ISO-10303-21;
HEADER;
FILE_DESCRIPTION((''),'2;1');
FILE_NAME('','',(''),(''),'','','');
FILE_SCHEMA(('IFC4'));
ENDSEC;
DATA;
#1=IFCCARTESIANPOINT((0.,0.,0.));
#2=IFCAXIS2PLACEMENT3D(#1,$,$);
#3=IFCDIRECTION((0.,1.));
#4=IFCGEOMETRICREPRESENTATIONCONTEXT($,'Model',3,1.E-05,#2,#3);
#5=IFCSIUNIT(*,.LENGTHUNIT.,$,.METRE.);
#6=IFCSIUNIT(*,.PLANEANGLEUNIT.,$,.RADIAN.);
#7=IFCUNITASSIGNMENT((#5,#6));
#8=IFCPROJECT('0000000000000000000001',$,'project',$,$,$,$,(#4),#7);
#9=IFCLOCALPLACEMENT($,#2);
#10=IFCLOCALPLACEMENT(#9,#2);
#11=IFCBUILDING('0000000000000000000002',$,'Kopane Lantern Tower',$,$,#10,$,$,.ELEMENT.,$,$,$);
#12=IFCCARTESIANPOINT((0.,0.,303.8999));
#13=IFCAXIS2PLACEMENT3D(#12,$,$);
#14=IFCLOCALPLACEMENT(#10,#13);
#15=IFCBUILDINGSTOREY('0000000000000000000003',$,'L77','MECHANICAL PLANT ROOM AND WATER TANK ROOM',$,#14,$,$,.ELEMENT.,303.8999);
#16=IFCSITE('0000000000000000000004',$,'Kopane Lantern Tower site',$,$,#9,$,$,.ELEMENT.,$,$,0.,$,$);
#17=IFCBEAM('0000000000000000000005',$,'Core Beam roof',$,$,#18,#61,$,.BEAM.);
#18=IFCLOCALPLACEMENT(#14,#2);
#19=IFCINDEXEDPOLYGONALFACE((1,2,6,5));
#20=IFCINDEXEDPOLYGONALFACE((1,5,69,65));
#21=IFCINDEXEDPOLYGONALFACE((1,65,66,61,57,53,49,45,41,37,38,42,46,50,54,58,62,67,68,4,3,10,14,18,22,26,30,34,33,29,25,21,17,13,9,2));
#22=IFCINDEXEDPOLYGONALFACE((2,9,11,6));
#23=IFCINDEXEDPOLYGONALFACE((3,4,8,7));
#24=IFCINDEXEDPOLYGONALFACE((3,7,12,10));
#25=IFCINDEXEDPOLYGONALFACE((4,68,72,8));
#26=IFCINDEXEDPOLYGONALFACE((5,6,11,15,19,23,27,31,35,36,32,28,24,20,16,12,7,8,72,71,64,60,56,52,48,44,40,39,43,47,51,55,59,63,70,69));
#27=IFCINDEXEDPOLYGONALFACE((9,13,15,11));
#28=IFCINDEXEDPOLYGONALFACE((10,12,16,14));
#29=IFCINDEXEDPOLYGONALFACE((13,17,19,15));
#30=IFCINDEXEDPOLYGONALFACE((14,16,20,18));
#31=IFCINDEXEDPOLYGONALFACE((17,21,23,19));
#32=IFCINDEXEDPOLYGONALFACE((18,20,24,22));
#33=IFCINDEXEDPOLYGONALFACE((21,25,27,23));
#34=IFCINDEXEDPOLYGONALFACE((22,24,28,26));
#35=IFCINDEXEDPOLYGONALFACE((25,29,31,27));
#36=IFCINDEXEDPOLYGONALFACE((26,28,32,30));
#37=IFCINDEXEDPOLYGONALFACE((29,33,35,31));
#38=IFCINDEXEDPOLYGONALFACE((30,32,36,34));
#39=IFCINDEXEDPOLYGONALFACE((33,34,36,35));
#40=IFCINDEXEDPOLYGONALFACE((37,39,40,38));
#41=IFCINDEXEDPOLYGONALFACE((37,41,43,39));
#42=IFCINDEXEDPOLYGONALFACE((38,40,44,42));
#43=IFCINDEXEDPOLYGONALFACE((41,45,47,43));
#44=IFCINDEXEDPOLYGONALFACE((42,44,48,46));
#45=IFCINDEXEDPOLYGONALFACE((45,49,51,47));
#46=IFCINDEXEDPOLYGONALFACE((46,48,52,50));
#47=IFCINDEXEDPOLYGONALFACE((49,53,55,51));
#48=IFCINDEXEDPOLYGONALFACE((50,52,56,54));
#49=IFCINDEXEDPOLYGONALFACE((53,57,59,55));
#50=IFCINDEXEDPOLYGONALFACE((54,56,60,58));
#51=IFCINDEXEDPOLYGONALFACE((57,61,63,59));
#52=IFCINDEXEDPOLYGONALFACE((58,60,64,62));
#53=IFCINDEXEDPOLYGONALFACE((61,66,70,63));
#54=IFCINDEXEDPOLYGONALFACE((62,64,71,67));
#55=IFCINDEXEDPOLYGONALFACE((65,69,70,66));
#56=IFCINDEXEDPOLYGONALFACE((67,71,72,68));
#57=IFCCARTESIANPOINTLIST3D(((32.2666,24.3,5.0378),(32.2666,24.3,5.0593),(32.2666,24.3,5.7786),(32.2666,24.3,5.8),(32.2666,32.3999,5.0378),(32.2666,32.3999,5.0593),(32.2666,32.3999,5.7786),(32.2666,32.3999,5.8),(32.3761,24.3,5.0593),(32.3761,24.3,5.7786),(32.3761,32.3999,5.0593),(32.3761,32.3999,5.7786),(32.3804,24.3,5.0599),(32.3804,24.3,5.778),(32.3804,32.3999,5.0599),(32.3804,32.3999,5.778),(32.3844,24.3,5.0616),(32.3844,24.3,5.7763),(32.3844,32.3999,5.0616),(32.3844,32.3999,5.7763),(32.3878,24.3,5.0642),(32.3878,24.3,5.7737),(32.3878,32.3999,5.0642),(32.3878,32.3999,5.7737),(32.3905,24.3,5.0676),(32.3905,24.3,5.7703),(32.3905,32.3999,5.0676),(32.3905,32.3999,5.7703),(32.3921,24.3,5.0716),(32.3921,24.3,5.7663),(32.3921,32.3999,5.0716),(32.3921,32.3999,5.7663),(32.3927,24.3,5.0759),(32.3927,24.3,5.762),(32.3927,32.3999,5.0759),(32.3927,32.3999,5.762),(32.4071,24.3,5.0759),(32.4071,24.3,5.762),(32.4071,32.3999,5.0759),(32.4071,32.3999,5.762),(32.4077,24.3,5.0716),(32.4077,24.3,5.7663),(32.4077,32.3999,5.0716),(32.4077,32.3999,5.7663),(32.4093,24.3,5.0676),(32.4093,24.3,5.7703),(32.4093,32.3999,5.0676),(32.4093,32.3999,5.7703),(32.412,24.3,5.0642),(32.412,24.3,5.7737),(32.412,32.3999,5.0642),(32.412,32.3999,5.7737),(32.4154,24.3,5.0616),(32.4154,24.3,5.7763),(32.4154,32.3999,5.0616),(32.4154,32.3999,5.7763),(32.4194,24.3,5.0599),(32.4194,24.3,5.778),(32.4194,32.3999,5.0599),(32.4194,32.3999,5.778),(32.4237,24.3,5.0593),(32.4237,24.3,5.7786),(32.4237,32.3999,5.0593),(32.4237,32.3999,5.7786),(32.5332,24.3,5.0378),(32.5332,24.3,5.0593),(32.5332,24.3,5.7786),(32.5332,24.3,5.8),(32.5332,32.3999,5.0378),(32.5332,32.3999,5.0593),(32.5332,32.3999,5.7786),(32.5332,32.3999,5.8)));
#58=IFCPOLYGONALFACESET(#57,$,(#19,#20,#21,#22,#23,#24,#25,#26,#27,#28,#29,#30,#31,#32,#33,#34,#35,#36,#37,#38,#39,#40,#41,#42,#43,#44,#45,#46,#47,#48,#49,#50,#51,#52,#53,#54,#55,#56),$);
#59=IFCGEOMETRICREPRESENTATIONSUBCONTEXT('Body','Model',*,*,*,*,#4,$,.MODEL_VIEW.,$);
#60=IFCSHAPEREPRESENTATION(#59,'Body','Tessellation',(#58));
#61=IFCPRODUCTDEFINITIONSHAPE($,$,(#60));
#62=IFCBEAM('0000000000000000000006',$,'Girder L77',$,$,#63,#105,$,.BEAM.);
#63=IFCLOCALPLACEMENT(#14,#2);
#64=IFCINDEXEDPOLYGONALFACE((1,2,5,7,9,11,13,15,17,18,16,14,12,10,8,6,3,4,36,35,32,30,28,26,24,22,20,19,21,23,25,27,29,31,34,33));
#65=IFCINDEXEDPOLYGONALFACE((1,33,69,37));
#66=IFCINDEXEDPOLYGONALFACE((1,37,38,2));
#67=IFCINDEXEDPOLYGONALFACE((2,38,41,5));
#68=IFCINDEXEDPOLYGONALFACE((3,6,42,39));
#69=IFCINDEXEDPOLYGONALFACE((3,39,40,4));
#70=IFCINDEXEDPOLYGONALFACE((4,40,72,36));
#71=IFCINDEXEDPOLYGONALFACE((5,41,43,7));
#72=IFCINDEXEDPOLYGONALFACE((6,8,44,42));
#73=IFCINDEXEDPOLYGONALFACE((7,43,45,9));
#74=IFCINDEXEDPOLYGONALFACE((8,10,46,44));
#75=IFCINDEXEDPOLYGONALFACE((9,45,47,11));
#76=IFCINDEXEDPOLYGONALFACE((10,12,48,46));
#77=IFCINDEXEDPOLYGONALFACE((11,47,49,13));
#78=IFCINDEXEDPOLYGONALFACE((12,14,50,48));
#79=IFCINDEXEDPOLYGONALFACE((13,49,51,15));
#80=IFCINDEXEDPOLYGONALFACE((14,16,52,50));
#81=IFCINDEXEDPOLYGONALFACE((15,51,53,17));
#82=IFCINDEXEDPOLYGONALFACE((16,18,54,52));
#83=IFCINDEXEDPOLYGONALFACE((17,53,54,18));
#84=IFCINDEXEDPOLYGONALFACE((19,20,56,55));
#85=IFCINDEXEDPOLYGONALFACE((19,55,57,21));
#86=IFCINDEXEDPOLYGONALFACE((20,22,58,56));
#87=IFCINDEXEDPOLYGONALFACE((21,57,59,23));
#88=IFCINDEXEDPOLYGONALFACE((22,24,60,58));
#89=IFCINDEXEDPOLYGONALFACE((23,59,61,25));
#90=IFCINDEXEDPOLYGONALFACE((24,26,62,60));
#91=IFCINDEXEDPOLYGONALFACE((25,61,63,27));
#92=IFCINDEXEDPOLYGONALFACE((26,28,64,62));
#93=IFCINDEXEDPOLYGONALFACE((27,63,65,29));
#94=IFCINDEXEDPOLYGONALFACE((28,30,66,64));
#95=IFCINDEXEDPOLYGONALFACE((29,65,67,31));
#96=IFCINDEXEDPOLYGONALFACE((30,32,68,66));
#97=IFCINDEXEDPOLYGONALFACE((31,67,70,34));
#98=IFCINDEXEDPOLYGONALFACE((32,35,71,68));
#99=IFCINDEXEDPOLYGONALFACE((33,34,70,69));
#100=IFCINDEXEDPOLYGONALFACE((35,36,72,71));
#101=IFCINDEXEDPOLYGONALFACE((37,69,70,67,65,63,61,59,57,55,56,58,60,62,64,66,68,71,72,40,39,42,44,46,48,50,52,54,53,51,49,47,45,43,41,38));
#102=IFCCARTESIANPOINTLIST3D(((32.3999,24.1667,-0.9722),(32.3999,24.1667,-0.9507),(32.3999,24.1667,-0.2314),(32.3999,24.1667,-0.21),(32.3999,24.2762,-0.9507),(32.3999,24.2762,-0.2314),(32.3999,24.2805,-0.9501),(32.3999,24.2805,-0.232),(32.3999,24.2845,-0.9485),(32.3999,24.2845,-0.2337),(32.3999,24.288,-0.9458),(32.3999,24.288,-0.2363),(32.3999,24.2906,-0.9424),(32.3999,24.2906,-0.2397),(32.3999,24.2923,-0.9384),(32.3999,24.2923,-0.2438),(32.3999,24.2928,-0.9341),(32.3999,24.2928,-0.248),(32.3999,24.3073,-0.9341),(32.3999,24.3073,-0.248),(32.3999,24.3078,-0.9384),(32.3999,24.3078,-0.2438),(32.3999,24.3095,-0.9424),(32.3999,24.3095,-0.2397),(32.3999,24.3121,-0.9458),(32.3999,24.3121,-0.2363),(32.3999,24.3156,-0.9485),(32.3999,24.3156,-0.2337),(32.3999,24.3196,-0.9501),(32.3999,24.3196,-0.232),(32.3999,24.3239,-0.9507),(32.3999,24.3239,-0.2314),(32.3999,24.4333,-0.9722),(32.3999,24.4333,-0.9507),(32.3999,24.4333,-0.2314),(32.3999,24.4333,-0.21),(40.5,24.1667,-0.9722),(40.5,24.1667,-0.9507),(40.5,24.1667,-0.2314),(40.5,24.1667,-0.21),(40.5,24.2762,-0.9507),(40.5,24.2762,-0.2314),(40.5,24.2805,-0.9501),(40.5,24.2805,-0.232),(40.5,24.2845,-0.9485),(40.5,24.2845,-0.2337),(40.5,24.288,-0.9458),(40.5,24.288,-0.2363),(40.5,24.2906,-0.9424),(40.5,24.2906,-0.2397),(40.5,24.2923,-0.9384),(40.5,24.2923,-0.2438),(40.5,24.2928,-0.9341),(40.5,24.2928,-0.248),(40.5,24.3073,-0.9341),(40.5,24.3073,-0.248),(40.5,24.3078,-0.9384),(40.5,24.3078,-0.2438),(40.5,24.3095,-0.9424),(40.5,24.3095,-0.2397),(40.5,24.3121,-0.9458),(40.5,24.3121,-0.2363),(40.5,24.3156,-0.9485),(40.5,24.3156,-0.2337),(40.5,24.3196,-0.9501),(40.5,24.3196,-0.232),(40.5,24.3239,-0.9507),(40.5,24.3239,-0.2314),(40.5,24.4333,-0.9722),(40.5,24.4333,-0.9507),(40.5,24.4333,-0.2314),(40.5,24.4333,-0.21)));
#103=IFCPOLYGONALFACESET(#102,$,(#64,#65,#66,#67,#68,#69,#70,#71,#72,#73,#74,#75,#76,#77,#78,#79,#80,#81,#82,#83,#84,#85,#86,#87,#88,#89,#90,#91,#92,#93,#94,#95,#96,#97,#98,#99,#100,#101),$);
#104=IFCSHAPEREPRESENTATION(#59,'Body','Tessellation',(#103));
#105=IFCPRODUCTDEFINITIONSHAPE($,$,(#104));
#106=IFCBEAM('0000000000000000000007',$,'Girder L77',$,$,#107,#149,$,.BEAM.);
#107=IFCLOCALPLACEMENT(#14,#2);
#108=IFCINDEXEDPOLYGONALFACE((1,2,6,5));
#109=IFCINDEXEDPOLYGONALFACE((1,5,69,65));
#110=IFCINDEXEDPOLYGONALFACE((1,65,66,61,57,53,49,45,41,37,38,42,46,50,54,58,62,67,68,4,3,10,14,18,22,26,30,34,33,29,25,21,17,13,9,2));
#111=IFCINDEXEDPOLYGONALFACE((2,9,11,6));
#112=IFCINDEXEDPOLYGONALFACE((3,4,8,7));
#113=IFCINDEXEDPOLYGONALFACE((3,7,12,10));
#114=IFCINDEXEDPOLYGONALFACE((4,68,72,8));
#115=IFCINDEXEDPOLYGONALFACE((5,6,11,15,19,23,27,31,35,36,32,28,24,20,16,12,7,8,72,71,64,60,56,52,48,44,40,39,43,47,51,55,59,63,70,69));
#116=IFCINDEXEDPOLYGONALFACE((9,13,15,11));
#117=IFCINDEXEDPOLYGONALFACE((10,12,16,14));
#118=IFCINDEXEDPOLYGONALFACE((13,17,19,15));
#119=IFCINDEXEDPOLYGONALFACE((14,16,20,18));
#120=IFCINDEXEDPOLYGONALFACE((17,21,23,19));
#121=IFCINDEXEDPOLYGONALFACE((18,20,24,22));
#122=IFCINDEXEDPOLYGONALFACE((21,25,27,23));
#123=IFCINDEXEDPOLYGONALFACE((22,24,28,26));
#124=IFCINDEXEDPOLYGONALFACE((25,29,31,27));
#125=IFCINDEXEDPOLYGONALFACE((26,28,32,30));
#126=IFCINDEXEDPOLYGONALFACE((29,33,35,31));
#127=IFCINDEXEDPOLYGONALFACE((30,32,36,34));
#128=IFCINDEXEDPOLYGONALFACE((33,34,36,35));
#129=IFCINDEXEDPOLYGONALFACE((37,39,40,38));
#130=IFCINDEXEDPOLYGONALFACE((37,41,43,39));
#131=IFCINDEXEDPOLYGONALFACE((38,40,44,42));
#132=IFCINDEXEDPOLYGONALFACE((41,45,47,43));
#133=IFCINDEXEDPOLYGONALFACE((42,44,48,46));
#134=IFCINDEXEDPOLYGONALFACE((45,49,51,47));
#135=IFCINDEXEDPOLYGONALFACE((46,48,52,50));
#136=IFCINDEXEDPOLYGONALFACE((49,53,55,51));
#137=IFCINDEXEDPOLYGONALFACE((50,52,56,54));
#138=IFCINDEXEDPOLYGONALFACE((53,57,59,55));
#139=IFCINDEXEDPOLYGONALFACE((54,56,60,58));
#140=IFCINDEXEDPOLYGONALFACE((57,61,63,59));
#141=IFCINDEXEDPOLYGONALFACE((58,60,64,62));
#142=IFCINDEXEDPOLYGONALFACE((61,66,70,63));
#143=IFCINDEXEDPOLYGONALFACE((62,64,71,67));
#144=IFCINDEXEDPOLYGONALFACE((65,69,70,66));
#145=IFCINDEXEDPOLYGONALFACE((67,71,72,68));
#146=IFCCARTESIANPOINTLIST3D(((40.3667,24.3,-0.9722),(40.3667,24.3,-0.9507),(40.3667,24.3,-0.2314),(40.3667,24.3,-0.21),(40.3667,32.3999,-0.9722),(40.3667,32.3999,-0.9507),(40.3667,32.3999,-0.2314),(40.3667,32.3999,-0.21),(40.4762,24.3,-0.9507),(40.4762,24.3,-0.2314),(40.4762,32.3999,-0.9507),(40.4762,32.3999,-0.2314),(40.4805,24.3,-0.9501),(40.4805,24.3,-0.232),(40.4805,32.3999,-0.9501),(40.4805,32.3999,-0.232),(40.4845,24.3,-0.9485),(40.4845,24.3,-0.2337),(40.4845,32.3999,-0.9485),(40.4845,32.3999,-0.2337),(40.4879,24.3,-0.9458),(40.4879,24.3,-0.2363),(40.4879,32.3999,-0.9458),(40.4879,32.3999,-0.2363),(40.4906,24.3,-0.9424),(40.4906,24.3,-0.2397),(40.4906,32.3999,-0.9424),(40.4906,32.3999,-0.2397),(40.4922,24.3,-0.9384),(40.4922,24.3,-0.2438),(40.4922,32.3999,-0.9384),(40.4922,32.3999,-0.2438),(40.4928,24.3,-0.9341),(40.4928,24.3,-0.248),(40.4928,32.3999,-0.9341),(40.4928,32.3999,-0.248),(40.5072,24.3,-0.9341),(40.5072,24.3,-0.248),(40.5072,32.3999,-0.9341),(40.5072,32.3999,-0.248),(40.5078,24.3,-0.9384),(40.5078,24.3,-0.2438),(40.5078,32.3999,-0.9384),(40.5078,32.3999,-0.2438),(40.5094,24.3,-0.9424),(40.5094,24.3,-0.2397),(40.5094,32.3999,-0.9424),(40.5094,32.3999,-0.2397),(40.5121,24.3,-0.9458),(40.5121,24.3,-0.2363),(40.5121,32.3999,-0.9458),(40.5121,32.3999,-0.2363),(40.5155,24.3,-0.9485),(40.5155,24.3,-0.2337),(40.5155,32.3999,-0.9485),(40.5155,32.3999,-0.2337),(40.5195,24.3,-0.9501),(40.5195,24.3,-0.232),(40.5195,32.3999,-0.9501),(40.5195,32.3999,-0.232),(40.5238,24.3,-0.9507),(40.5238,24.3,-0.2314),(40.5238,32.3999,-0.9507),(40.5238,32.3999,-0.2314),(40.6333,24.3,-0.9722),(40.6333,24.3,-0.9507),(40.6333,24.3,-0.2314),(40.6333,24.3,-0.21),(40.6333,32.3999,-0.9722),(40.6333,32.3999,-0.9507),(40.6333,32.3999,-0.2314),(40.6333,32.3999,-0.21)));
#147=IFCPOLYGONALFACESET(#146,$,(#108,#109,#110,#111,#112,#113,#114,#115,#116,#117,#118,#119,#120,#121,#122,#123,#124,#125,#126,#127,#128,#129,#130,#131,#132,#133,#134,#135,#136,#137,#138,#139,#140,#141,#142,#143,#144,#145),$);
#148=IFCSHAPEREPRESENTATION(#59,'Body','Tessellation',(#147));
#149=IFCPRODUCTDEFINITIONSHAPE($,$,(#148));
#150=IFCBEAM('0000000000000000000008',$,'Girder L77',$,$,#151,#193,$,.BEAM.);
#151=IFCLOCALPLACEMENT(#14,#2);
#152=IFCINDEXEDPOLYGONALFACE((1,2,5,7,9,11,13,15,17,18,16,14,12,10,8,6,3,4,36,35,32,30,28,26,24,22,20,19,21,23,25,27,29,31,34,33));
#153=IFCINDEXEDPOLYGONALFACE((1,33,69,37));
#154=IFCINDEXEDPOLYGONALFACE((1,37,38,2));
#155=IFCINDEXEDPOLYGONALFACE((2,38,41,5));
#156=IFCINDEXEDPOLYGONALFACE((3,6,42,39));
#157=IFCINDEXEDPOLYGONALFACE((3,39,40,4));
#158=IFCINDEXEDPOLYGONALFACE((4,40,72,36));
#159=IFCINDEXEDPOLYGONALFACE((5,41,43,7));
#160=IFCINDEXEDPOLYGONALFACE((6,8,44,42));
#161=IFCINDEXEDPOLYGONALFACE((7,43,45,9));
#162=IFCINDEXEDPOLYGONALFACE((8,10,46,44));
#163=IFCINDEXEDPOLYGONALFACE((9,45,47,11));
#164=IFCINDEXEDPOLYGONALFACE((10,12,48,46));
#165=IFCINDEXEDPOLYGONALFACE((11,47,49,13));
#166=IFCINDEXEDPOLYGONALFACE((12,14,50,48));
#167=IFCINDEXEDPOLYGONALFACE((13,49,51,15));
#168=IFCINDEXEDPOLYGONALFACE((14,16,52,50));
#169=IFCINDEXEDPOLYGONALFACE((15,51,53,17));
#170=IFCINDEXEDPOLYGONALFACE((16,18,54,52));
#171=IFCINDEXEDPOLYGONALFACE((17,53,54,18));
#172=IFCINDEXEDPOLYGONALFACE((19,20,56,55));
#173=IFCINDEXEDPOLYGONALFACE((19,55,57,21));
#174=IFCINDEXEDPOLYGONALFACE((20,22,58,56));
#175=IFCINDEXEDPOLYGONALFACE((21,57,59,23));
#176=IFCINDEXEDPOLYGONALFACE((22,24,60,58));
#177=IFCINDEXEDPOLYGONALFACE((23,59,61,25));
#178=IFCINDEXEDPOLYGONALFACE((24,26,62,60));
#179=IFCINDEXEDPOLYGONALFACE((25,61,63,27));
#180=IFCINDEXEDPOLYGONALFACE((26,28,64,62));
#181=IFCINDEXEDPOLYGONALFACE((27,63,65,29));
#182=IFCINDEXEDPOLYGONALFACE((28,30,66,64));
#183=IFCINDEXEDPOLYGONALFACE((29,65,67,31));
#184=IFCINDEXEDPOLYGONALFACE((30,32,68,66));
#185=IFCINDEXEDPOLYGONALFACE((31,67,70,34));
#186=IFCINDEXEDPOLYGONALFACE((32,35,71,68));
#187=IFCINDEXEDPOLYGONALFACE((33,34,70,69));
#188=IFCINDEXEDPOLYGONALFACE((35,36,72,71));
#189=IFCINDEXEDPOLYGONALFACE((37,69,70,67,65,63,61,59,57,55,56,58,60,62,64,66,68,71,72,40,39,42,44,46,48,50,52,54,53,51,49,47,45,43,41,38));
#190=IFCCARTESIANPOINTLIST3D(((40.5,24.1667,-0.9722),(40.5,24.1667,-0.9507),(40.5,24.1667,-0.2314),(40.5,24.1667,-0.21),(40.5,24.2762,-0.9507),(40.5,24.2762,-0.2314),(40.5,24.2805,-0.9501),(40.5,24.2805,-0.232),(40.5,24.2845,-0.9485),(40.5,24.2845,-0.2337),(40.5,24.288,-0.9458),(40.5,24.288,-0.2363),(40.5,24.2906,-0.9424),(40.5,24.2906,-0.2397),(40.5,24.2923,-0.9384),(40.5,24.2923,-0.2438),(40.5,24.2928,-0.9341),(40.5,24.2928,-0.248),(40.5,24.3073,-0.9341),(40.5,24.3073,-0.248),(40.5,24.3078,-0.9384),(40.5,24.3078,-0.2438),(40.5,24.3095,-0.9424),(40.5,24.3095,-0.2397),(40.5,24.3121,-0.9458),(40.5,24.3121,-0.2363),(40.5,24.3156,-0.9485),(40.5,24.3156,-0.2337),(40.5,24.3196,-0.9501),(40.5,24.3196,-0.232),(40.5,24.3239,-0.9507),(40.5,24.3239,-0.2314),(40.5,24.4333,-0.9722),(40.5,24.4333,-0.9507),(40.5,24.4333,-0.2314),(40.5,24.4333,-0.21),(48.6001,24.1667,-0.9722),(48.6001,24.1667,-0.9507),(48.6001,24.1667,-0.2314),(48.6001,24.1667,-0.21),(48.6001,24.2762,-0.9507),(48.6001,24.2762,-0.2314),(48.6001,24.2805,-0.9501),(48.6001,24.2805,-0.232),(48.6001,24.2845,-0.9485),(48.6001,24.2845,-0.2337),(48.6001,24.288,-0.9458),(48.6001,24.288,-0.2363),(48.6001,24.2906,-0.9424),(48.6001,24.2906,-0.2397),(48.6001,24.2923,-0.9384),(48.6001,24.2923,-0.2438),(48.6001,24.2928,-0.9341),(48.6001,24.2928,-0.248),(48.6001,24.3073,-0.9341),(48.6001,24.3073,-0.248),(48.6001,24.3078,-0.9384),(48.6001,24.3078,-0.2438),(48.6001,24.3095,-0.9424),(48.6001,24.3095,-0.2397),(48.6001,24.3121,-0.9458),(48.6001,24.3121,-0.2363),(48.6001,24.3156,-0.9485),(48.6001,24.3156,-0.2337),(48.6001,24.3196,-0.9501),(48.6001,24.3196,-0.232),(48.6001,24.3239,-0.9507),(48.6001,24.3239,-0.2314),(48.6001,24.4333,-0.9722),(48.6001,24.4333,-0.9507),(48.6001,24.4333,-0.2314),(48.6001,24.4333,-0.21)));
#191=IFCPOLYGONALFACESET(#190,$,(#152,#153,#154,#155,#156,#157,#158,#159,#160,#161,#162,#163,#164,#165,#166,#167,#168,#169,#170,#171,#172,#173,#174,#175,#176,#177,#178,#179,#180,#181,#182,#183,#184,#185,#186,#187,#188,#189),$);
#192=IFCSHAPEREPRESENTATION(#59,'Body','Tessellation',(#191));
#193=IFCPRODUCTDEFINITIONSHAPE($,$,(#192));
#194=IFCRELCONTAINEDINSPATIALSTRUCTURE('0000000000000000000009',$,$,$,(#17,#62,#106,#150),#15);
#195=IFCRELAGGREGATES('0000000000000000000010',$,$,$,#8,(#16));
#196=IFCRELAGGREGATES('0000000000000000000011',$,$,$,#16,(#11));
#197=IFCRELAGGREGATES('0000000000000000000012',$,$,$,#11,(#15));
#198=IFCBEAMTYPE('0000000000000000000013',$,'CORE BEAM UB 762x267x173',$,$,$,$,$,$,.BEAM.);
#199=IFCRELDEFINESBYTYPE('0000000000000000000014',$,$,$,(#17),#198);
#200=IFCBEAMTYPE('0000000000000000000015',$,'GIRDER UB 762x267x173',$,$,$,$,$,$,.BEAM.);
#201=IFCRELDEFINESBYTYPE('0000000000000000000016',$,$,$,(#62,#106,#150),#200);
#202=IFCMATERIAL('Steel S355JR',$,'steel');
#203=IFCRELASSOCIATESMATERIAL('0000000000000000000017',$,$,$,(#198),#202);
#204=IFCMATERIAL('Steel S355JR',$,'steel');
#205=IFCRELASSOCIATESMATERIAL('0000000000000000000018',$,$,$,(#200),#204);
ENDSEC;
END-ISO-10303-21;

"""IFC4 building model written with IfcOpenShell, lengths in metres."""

from ifc_helpers import new_model, si_unit, direction, frame, origin, origin_2d, place, context, subcontext, project, spatial, i_section, extrude, material, material_profile, profile_set, type_object, element, save


model = new_model("IFC4")

# Units and contexts
model_context = context("Model", 3, precision=1e-05, world=origin(), true_north=direction((0.0, 1.0)))
body_context = subcontext(model_context, "Body", "Model", "MODEL_VIEW")
ifc_project = project(units=[si_unit("LENGTHUNIT", "METRE"), si_unit("PLANEANGLEUNIT", "RADIAN")], contexts=[model_context])

# Site, building, storey
site_placement = place(None, origin())
site = spatial("IfcSite", under=ifc_project, at=site_placement, Name="Kopane Lantern Tower site", CompositionType="ELEMENT", RefElevation=0.0)
building_placement = place(site_placement, origin())
building = spatial("IfcBuilding", under=site, at=building_placement, Name="Kopane Lantern Tower", CompositionType="ELEMENT")
storey_placement = place(building_placement, frame((0.0, 0.0, 303.8999)))
storey = spatial("IfcBuildingStorey", under=building, at=storey_placement, Name="L77", Description="MECHANICAL PLANT ROOM AND WATER TANK ROOM", CompositionType="ELEMENT", Elevation=303.8999)

# Beams
ifc_material_1 = material(Name="Steel S355JR", Category="steel")
ifc_material_profile_1 = material_profile(ifc_material_1, i_section(OverallWidth=0.2666, OverallDepth=0.7622, WebThickness=0.0144, FlangeThickness=0.0215, FilletRadius=0.0166, at=origin_2d()), Name="UB 762x267x173")
ifc_profile_set_1 = profile_set([ifc_material_profile_1], Name="Steel S355JR")
beam_type_1 = type_object("IfcBeamType", Name="CORE BEAM UB 762x267x173", PredefinedType="BEAM", material=ifc_profile_set_1)
for number, where, z_axis, x_axis, name in (
    (1, (32.3999, 24.3, 5.4189), (0.0, 1.0, 0.0), (-1.0, 0.0, 0.0), "Core Beam roof"),
):
    element("IfcBeam", number, at=place(storey_placement, frame(where, z_axis=z_axis, x_axis=x_axis)), inside=storey, type_object=beam_type_1, Name=name, PredefinedType="BEAM", context=body_context, shape_type="SweptSolid", body=[
        extrude(i_section(OverallWidth=0.2666, OverallDepth=0.7622, WebThickness=0.0144, FlangeThickness=0.0215, FilletRadius=0.0166, at=origin_2d()), origin(), (0.0, 0.0, 1.0), 8.0999),
    ])
ifc_material_2 = material(Name="Steel S355JR", Category="steel")
ifc_material_profile_2 = material_profile(ifc_material_2, i_section(OverallWidth=0.2666, OverallDepth=0.7622, WebThickness=0.0144, FlangeThickness=0.0215, FilletRadius=0.0166, at=origin_2d()), Name="UB 762x267x173")
ifc_profile_set_2 = profile_set([ifc_material_profile_2], Name="Steel S355JR")
beam_type_2 = type_object("IfcBeamType", Name="GIRDER UB 762x267x173", PredefinedType="BEAM", material=ifc_profile_set_2)
beam_1_placement = place(storey_placement, frame((32.3999, 24.3, -0.5911), z_axis=(1.0, 0.0, 0.0), x_axis=(0.0, 1.0, 0.0)))
element("IfcBeam", 2, at=beam_1_placement, inside=storey, type_object=beam_type_2, Name="Girder L77", PredefinedType="BEAM", context=body_context, shape_type="SweptSolid", body=[
    extrude(i_section(OverallWidth=0.2666, OverallDepth=0.7622, WebThickness=0.0144, FlangeThickness=0.0215, FilletRadius=0.0166, at=origin_2d()), origin(), (0.0, 0.0, 1.0), 8.1001),
])
beam_2_placement = place(storey_placement, frame((40.5, 24.3, -0.5911), z_axis=(0.0, 1.0, 0.0), x_axis=(-1.0, 0.0, 0.0)))
element("IfcBeam", 3, at=beam_2_placement, inside=storey, type_object=beam_type_2, Name="Girder L77", PredefinedType="BEAM", context=body_context, shape_type="SweptSolid", body=[
    extrude(i_section(OverallWidth=0.2666, OverallDepth=0.7622, WebThickness=0.0144, FlangeThickness=0.0215, FilletRadius=0.0166, at=origin_2d()), origin(), (0.0, 0.0, 1.0), 8.0999),
])
beam_3_placement = place(storey_placement, frame((40.5, 24.3, -0.5911), z_axis=(1.0, 0.0, 0.0), x_axis=(0.0, 1.0, 0.0)))
element("IfcBeam", 4, at=beam_3_placement, inside=storey, type_object=beam_type_2, Name="Girder L77", PredefinedType="BEAM", context=body_context, shape_type="SweptSolid", body=[
    extrude(i_section(OverallWidth=0.2666, OverallDepth=0.7622, WebThickness=0.0144, FlangeThickness=0.0215, FilletRadius=0.0166, at=origin_2d()), origin(), (0.0, 0.0, 1.0), 8.1001),
])

save(model, "model.ifc")
